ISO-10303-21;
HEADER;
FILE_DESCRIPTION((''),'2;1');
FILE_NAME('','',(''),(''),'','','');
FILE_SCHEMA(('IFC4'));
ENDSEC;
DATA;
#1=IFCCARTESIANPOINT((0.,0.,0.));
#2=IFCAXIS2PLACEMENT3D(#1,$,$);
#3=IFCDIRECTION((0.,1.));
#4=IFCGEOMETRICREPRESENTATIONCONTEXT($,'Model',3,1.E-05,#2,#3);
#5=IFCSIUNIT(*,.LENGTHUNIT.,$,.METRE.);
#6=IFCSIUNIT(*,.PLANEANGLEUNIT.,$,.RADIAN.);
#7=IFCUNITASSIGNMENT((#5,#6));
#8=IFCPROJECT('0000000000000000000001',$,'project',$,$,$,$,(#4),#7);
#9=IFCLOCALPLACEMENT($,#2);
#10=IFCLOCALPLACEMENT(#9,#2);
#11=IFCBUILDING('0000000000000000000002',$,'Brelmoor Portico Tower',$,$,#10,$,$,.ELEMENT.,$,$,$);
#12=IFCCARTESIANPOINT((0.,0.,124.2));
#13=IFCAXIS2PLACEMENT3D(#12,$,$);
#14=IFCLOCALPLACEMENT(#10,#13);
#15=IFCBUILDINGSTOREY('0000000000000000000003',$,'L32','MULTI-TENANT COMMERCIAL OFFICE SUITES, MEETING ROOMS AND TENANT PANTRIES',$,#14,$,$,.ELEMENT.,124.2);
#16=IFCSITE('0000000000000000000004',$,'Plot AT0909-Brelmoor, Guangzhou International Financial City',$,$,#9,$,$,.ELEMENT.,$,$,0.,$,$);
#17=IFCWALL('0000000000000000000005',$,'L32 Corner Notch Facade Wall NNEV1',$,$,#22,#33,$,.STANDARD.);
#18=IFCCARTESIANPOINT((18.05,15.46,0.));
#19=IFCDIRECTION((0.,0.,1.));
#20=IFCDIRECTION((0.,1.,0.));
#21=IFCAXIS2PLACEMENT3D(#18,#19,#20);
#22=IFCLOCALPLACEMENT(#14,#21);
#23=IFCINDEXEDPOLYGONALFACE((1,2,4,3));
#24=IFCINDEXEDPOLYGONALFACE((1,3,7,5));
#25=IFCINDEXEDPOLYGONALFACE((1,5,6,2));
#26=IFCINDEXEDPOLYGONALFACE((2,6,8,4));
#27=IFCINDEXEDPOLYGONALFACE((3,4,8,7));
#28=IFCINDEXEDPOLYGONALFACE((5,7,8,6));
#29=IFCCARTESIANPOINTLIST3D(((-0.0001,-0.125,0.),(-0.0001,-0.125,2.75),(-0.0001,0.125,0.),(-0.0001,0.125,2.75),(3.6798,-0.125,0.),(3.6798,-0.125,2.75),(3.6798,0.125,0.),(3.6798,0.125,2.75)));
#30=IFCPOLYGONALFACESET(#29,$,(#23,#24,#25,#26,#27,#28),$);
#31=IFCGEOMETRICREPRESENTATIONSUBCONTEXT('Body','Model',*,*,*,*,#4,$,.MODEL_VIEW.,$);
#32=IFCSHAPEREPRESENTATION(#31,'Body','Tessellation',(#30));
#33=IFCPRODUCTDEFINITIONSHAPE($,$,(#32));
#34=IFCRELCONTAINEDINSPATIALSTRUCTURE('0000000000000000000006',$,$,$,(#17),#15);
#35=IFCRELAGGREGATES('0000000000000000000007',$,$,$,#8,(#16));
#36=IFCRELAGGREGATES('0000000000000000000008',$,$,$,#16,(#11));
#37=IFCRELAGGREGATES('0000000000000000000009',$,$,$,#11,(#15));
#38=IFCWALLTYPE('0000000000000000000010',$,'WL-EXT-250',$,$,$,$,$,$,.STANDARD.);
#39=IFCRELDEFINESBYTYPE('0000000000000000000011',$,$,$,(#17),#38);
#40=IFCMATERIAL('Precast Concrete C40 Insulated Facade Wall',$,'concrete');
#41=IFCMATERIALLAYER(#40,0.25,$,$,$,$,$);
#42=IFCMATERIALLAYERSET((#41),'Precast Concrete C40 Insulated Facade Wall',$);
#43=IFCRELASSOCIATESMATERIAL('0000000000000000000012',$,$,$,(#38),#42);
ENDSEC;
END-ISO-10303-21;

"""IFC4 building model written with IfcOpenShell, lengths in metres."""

from ifc_helpers import new_model, si_unit, direction, frame, frame_2d, origin, place, context, subcontext, project, spatial, rectangle, extrude, material, layer, layer_set, type_object, element, save


model = new_model("IFC4")

# Units and contexts
model_context = context("Model", 3, precision=1e-05, world=origin(), true_north=direction((0.0, 1.0)))
body_context = subcontext(model_context, "Body", "Model", "MODEL_VIEW")
ifc_project = project(units=[si_unit("LENGTHUNIT", "METRE"), si_unit("PLANEANGLEUNIT", "RADIAN")], contexts=[model_context])

# Site, building, storey
site_placement = place(None, origin())
site = spatial("IfcSite", under=ifc_project, at=site_placement, Name="Plot AT0909-Brelmoor, Guangzhou International Financial City", CompositionType="ELEMENT", RefElevation=0.0)
building_placement = place(site_placement, origin())
building = spatial("IfcBuilding", under=site, at=building_placement, Name="Brelmoor Portico Tower", CompositionType="ELEMENT")
storey_placement = place(building_placement, frame((0.0, 0.0, 124.2)))
storey = spatial("IfcBuildingStorey", under=building, at=storey_placement, Name="L32", Description="MULTI-TENANT COMMERCIAL OFFICE SUITES, MEETING ROOMS AND TENANT PANTRIES", CompositionType="ELEMENT", Elevation=124.2)

# Wall
ifc_material_1 = material(Name="Precast Concrete C40 Insulated Facade Wall", Category="concrete")
ifc_layer_1 = layer(ifc_material_1, 0.25)
ifc_layer_set_1 = layer_set([ifc_layer_1], Name="Precast Concrete C40 Insulated Facade Wall")
wall_type_1 = type_object("IfcWallType", Name="WL-EXT-250", PredefinedType="STANDARD", material=ifc_layer_set_1)
for number, where, z_axis, x_axis, name in (
    (1, (18.05, 15.46, 0.0), (0.0, 0.0, 1.0), (0.0, 1.0, 0.0), "L32 Corner Notch Facade Wall NNEV1"),
):
    element("IfcWall", number, at=place(storey_placement, frame(where, z_axis=z_axis, x_axis=x_axis)), inside=storey, type_object=wall_type_1, Name=name, PredefinedType="STANDARD", context=body_context, shape_type="SweptSolid", body=[
        extrude(rectangle(XDim=3.6799, YDim=0.25, at=frame_2d((1.8398, 0.0))), origin(), (0.0, 0.0, 1.0), 2.75),
    ])

save(model, "model.ifc")
